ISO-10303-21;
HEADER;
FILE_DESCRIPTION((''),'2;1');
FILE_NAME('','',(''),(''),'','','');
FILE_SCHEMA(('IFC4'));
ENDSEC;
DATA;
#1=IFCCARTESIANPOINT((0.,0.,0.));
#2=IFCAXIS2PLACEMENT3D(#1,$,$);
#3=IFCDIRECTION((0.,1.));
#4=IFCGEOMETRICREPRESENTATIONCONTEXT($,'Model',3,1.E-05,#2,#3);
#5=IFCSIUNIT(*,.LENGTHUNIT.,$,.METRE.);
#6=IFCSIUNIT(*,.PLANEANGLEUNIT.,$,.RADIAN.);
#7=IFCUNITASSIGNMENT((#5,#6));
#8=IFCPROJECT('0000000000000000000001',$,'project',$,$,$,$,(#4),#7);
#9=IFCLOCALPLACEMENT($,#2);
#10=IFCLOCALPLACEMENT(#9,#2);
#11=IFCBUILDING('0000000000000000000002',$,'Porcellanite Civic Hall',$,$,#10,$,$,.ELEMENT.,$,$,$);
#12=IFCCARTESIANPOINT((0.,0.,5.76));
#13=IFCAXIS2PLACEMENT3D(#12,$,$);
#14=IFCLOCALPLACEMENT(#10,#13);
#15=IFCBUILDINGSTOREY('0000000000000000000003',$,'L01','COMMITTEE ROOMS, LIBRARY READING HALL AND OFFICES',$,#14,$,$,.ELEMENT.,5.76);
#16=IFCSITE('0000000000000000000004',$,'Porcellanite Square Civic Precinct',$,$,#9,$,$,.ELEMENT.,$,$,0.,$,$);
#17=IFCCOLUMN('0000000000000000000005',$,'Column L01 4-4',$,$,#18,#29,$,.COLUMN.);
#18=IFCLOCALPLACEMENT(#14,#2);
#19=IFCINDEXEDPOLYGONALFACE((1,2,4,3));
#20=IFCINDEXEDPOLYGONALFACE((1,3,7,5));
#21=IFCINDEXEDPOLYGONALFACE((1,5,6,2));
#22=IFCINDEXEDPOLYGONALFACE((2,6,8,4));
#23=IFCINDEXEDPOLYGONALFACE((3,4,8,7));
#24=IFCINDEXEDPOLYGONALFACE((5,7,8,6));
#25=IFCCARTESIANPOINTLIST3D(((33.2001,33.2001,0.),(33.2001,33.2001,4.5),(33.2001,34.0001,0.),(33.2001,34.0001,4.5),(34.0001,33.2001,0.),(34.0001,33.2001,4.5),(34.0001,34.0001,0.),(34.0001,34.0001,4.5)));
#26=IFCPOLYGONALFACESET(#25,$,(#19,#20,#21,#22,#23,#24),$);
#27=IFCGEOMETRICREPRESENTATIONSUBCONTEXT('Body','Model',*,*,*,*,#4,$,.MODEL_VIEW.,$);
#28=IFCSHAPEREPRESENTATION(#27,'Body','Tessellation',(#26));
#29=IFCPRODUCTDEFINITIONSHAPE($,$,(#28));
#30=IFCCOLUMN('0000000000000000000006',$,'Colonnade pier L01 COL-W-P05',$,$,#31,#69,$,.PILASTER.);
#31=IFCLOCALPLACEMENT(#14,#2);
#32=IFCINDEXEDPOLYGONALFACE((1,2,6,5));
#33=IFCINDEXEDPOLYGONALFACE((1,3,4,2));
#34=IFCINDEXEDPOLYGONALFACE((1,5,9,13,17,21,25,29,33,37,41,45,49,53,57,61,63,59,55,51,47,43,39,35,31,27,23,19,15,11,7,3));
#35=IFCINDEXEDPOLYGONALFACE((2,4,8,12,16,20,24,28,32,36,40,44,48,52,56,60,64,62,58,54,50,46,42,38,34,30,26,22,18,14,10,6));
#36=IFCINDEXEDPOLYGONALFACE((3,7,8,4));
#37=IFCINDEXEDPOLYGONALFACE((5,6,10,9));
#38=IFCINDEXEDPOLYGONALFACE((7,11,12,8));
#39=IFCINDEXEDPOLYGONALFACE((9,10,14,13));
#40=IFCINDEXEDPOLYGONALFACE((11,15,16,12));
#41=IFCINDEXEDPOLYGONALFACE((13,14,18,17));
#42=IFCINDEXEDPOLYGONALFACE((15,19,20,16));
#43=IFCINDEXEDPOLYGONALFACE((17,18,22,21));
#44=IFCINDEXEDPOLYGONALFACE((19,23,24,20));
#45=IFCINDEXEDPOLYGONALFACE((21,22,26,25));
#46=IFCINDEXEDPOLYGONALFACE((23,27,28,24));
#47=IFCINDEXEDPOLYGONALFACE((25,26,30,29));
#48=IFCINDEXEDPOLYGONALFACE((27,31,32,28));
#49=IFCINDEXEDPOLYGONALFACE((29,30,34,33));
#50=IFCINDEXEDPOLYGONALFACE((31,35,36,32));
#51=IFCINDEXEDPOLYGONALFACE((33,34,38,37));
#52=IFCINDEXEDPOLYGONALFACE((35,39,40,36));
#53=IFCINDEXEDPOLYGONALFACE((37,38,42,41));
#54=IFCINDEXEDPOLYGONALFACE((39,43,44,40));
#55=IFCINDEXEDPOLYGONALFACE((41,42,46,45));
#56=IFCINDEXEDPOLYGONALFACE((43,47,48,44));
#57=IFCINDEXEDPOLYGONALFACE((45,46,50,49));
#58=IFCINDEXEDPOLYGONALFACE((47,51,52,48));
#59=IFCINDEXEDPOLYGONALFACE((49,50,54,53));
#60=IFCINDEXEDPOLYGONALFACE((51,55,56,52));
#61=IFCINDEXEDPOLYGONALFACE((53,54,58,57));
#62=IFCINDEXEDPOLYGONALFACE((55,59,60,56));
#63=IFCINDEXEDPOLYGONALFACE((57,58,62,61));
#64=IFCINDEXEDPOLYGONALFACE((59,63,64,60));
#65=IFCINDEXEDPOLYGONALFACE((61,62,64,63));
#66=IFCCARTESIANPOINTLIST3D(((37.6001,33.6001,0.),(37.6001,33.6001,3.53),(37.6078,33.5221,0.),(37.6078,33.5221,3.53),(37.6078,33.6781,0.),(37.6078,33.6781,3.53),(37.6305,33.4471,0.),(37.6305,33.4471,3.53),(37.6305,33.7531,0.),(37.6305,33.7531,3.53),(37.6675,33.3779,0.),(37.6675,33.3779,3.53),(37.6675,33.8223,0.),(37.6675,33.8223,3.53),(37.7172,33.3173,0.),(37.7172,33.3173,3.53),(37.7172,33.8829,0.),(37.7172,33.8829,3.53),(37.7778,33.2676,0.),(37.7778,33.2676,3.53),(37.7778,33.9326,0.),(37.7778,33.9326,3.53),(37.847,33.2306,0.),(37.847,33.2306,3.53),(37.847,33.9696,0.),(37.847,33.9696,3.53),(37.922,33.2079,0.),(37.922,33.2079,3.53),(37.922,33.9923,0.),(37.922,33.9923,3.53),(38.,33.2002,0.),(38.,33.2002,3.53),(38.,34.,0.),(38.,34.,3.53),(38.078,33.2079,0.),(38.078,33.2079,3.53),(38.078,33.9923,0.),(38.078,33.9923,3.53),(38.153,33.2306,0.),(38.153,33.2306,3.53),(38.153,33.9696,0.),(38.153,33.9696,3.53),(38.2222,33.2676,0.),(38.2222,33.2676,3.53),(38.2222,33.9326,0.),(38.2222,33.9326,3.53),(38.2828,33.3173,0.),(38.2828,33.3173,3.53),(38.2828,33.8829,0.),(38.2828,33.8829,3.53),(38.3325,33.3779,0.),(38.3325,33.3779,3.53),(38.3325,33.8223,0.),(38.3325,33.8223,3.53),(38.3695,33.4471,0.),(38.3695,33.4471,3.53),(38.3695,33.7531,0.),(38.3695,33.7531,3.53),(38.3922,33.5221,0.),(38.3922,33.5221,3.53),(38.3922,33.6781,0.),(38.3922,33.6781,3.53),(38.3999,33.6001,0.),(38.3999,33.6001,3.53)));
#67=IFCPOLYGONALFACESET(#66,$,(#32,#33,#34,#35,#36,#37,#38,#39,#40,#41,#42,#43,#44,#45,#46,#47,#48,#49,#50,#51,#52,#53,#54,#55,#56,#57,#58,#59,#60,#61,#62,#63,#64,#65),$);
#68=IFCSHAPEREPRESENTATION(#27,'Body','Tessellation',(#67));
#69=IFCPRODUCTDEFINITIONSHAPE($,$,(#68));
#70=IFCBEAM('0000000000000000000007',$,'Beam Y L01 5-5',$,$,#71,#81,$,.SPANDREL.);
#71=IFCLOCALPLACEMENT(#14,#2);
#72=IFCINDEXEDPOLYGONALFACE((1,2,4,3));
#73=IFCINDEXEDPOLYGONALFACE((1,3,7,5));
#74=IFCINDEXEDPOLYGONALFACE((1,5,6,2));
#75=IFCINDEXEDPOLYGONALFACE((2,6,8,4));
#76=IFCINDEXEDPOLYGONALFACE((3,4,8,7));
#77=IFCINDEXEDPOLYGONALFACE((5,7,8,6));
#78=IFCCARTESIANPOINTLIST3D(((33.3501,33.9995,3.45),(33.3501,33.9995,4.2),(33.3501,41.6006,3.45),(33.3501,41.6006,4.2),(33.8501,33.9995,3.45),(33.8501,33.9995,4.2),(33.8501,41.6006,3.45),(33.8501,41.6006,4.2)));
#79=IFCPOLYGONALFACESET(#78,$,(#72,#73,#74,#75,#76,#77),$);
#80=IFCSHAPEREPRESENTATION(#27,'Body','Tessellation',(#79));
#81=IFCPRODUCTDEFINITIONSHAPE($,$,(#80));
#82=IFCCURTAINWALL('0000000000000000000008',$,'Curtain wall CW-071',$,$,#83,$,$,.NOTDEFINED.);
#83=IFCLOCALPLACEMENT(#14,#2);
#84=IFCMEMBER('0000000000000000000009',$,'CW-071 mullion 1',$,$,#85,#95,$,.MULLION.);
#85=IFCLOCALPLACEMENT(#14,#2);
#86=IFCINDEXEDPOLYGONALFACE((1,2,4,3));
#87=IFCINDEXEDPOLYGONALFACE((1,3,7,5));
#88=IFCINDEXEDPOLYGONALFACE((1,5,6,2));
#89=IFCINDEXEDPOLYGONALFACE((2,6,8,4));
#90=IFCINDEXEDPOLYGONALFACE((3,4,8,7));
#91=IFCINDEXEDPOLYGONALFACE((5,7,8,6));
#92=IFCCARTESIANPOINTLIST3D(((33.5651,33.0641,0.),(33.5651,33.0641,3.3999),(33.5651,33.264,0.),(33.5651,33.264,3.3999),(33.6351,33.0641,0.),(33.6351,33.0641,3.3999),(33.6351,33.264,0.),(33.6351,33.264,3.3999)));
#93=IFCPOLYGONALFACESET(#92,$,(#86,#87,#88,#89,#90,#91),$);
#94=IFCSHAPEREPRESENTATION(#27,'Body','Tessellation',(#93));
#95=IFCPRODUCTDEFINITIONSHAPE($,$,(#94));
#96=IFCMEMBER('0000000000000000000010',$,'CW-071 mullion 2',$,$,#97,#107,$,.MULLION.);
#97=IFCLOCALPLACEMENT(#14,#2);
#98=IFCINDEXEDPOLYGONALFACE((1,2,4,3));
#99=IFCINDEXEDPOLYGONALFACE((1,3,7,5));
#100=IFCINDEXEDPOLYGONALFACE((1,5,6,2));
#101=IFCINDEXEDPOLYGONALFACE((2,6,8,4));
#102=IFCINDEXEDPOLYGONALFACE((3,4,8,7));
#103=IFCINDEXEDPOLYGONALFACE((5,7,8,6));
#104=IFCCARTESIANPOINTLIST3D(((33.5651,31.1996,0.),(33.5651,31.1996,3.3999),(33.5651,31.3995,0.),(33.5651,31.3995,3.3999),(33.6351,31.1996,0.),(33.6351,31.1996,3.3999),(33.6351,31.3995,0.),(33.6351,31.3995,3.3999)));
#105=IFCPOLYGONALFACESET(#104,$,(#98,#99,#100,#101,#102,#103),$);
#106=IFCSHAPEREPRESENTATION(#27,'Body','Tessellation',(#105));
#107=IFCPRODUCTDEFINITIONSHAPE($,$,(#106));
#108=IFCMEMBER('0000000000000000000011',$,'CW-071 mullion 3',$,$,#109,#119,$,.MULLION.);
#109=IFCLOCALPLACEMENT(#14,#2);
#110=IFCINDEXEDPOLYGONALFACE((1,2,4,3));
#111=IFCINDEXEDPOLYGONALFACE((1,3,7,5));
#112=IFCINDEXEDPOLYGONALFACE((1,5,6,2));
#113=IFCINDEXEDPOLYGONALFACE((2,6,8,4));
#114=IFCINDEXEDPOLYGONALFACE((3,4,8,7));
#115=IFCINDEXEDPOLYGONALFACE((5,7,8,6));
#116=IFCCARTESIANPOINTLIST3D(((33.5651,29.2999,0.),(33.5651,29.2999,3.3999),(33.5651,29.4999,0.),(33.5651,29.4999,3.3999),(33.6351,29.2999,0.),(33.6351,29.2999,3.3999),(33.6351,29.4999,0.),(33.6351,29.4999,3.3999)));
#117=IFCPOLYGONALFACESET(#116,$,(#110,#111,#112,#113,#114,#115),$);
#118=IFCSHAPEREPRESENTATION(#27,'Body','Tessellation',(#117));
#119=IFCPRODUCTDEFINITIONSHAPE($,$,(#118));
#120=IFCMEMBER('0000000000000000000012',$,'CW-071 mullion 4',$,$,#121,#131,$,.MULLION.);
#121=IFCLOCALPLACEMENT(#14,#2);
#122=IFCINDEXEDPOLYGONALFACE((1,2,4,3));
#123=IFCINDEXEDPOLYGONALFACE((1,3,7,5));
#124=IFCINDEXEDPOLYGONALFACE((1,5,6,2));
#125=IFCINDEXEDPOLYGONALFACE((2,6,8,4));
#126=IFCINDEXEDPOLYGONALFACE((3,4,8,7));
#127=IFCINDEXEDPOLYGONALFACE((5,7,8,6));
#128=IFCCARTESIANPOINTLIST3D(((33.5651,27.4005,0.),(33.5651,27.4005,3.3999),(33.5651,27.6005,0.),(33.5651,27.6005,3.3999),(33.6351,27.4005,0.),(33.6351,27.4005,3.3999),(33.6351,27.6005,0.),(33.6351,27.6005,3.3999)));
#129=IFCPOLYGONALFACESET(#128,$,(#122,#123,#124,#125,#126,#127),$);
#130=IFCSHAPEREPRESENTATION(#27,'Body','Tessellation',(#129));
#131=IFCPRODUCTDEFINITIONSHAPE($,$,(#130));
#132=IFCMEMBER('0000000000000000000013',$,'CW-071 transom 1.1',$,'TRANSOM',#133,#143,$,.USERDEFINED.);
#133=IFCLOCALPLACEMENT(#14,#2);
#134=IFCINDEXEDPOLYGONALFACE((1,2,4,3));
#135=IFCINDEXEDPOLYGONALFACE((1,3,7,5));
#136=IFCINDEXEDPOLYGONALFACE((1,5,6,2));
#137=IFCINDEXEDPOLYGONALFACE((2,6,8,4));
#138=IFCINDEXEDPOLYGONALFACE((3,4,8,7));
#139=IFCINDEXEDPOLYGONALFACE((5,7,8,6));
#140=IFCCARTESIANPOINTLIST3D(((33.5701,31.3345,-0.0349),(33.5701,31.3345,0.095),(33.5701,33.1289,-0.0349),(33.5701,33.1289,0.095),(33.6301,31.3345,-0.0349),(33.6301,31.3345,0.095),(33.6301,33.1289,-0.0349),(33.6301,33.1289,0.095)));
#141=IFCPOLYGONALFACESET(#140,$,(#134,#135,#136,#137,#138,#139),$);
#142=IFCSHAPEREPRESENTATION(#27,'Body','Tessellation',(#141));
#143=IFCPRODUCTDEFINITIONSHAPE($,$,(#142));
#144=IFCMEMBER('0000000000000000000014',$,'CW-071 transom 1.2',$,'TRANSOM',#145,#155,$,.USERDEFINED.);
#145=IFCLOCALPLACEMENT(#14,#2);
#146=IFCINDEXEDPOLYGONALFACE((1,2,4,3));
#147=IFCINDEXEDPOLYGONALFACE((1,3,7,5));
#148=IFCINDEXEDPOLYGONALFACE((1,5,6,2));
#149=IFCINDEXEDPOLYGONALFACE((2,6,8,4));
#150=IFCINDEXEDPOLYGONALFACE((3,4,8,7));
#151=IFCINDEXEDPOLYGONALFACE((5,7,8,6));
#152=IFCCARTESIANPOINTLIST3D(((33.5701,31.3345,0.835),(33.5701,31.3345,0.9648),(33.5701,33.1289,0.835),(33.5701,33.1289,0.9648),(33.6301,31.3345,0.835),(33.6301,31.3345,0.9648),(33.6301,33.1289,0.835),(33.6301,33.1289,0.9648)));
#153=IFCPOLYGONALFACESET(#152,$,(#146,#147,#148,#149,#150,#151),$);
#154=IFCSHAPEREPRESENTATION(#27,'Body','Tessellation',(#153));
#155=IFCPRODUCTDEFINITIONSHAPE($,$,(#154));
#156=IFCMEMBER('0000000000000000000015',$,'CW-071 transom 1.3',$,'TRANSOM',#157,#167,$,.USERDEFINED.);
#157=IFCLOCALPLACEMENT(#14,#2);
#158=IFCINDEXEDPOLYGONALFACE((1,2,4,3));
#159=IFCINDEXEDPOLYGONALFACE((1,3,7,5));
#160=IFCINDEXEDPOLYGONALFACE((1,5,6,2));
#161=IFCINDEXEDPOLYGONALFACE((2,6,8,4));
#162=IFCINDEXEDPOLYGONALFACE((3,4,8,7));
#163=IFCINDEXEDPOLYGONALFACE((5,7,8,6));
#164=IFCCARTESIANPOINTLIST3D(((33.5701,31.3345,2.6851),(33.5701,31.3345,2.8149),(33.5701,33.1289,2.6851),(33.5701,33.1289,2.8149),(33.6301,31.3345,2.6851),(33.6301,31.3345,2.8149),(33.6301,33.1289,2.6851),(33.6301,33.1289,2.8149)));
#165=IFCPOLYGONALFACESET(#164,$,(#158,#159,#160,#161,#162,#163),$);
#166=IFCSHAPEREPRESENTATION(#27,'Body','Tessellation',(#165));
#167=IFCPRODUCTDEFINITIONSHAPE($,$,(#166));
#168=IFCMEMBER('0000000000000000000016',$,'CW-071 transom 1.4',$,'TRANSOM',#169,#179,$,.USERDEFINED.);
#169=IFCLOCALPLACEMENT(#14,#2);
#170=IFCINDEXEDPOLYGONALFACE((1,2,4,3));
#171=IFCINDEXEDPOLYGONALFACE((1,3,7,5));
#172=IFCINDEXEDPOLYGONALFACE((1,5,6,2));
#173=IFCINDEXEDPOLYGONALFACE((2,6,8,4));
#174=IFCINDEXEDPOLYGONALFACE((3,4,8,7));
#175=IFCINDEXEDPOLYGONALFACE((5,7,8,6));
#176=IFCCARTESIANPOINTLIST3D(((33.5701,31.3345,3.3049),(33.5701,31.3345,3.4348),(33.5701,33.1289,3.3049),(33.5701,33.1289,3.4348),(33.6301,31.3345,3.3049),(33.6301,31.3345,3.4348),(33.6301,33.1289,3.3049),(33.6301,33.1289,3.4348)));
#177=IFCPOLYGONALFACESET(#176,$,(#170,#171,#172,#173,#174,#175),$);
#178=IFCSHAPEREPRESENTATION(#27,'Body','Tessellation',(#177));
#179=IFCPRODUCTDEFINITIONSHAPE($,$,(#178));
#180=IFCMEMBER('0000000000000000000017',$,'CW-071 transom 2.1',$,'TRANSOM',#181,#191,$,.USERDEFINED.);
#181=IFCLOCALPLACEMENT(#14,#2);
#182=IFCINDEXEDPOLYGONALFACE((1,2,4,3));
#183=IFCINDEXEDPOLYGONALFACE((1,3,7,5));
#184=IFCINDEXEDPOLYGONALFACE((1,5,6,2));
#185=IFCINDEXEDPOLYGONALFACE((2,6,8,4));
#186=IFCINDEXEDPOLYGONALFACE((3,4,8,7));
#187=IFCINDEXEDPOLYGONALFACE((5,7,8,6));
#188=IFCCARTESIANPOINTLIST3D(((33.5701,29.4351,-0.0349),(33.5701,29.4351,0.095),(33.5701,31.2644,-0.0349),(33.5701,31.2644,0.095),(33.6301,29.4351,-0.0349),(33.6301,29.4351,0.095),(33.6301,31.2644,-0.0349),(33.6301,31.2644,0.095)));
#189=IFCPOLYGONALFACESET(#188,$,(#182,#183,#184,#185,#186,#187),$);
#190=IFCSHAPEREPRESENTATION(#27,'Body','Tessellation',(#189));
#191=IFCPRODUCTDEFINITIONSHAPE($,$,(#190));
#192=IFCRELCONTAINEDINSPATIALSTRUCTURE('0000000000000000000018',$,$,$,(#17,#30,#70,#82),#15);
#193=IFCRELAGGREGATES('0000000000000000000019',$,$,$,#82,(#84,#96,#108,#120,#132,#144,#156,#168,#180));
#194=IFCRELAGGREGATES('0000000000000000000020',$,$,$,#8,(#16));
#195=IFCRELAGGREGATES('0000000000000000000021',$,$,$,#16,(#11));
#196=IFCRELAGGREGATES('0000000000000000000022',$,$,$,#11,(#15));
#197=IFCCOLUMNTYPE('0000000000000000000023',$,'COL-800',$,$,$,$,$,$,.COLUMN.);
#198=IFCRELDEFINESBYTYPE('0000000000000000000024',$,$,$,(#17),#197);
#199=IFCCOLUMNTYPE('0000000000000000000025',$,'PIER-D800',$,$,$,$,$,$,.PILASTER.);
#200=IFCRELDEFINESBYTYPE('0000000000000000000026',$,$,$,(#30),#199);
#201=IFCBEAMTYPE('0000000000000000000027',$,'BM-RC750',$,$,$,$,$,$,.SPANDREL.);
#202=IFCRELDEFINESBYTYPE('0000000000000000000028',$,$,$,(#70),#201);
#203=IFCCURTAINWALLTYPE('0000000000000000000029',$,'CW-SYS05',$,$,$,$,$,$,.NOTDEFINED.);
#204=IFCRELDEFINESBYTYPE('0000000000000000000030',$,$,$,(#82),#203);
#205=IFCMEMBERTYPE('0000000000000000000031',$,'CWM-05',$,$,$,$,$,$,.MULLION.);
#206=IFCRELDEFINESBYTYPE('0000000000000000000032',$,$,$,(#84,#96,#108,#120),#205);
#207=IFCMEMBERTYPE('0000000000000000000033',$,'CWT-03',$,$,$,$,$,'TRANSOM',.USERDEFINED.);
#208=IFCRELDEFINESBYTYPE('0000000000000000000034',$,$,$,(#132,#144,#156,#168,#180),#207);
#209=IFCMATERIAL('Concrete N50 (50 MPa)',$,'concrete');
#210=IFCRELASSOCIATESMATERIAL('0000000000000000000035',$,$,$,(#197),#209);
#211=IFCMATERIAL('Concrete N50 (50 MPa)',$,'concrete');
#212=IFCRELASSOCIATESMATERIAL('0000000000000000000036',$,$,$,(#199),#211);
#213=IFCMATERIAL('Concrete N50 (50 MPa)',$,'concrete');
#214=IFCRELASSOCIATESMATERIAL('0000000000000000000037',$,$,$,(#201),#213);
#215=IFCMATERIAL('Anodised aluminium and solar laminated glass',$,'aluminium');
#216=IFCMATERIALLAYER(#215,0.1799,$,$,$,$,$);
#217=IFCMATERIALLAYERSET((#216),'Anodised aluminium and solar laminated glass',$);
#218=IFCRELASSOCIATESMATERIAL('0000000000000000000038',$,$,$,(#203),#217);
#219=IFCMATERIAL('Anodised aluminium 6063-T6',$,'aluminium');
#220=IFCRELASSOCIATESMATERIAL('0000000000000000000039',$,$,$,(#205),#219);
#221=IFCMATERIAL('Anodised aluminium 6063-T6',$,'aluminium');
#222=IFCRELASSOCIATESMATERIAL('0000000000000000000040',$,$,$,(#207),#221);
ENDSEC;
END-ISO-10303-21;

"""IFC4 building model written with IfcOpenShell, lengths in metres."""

from ifc_helpers import new_model, si_unit, direction, frame, origin, origin_2d, place, context, subcontext, project, spatial, rectangle, circle, extrude, material, layer, layer_set, material_profile, profile_set, type_object, element, aggregate, save


model = new_model("IFC4")

# Units and contexts
model_context = context("Model", 3, precision=1e-05, world=origin(), true_north=direction((0.0, 1.0)))
body_context = subcontext(model_context, "Body", "Model", "MODEL_VIEW")
ifc_project = project(units=[si_unit("LENGTHUNIT", "METRE"), si_unit("PLANEANGLEUNIT", "RADIAN")], contexts=[model_context])

# Site, building, storey
site_placement = place(None, origin())
site = spatial("IfcSite", under=ifc_project, at=site_placement, Name="Porcellanite Square Civic Precinct", CompositionType="ELEMENT", RefElevation=0.0)
building_placement = place(site_placement, origin())
building = spatial("IfcBuilding", under=site, at=building_placement, Name="Porcellanite Civic Hall", CompositionType="ELEMENT")
storey_placement = place(building_placement, frame((0.0, 0.0, 5.76)))
storey = spatial("IfcBuildingStorey", under=building, at=storey_placement, Name="L01", Description="COMMITTEE ROOMS, LIBRARY READING HALL AND OFFICES", CompositionType="ELEMENT", Elevation=5.76)

# Columns
ifc_material_1 = material(Name="Concrete N50 (50 MPa)", Category="concrete")
ifc_material_profile_1 = material_profile(ifc_material_1, rectangle(XDim=0.8, YDim=0.8, at=origin_2d()), Name="RC-800x800")
ifc_profile_set_1 = profile_set([ifc_material_profile_1], Name="Concrete N50 (50 MPa)")
column_type_1 = type_object("IfcColumnType", Name="COL-800", PredefinedType="COLUMN", material=ifc_profile_set_1)
column_1_placement = place(storey_placement, frame((33.6001, 33.6001, 0.0), z_axis=(0.0, 0.0, 1.0), x_axis=(1.0, 0.0, 0.0)))
element("IfcColumn", 1, at=column_1_placement, inside=storey, type_object=column_type_1, Name="Column L01 4-4", PredefinedType="COLUMN", context=body_context, shape_type="SweptSolid", body=[
    extrude(rectangle(XDim=0.8, YDim=0.8, at=origin_2d()), origin(), (0.0, 0.0, 1.0), 4.5),
])
ifc_material_2 = material(Name="Concrete N50 (50 MPa)", Category="concrete")
ifc_material_profile_2 = material_profile(ifc_material_2, circle(Radius=0.3999, at=origin_2d()), Name="RC-D800")
ifc_profile_set_2 = profile_set([ifc_material_profile_2], Name="Concrete N50 (50 MPa)")
column_type_2 = type_object("IfcColumnType", Name="PIER-D800", PredefinedType="PILASTER", material=ifc_profile_set_2)
column_2_placement = place(storey_placement, frame((38.0, 33.6001, 0.0), z_axis=(0.0, 0.0, 1.0), x_axis=(1.0, 0.0, 0.0)))
element("IfcColumn", 2, at=column_2_placement, inside=storey, type_object=column_type_2, Name="Colonnade pier L01 COL-W-P05", PredefinedType="PILASTER", context=body_context, shape_type="SweptSolid", body=[
    extrude(circle(Radius=0.3999, at=origin_2d()), origin(), (0.0, 0.0, 1.0), 3.53),
])

# Beam
ifc_material_3 = material(Name="Concrete N50 (50 MPa)", Category="concrete")
ifc_material_profile_3 = material_profile(ifc_material_3, rectangle(XDim=0.5, YDim=0.75, at=origin_2d()), Name="RC-500x750")
ifc_profile_set_3 = profile_set([ifc_material_profile_3], Name="Concrete N50 (50 MPa)")
beam_type = type_object("IfcBeamType", Name="BM-RC750", PredefinedType="SPANDREL", material=ifc_profile_set_3)
beam_placement = place(storey_placement, frame((33.6001, 33.9995, 3.825), z_axis=(0.0, 1.0, 0.0), x_axis=(-1.0, 0.0, 0.0)))
element("IfcBeam", 3, at=beam_placement, inside=storey, type_object=beam_type, Name="Beam Y L01 5-5", PredefinedType="SPANDREL", context=body_context, shape_type="SweptSolid", body=[
    extrude(rectangle(XDim=0.5, YDim=0.75, at=origin_2d()), origin(), (0.0, 0.0, 1.0), 7.6011),
])

# Curtain wall, members
ifc_material_4 = material(Name="Anodised aluminium and solar laminated glass", Category="aluminium")
ifc_layer_1 = layer(ifc_material_4, 0.1799)
ifc_layer_set_1 = layer_set([ifc_layer_1], Name="Anodised aluminium and solar laminated glass")
curtain_wall_type = type_object("IfcCurtainWallType", Name="CW-SYS05", PredefinedType="NOTDEFINED", material=ifc_layer_set_1)
curtain_wall_placement = place(storey_placement, origin())
curtain_wall = element("IfcCurtainWall", 4, at=curtain_wall_placement, inside=storey, type_object=curtain_wall_type, Name="Curtain wall CW-071", PredefinedType="NOTDEFINED")
ifc_material_5 = material(Name="Anodised aluminium 6063-T6", Category="aluminium")
ifc_material_profile_4 = material_profile(ifc_material_5, rectangle(XDim=0.0701, YDim=0.2, at=origin_2d()), Name="AL-70x200")
ifc_profile_set_4 = profile_set([ifc_material_profile_4], Name="Anodised aluminium 6063-T6")
member_type_1 = type_object("IfcMemberType", Name="CWM-05", PredefinedType="MULLION", material=ifc_profile_set_4)
member_1_placement = place(storey_placement, frame((33.6001, 33.1641, 0.0), z_axis=(0.0, 0.0, 1.0), x_axis=(1.0, 0.0, 0.0)))
member_1 = element("IfcMember", 5, at=member_1_placement, type_object=member_type_1, Name="CW-071 mullion 1", PredefinedType="MULLION", context=body_context, shape_type="SweptSolid", body=[
    extrude(rectangle(XDim=0.0701, YDim=0.2, at=origin_2d()), origin(), (0.0, 0.0, 1.0), 3.3999),
])
member_2_placement = place(storey_placement, frame((33.6001, 31.2996, 0.0), z_axis=(0.0, 0.0, 1.0), x_axis=(1.0, 0.0, 0.0)))
member_2 = element("IfcMember", 6, at=member_2_placement, type_object=member_type_1, Name="CW-071 mullion 2", PredefinedType="MULLION", context=body_context, shape_type="SweptSolid", body=[
    extrude(rectangle(XDim=0.0701, YDim=0.2, at=origin_2d()), origin(), (0.0, 0.0, 1.0), 3.3999),
])
member_3_placement = place(storey_placement, frame((33.6001, 29.3999, 0.0), z_axis=(0.0, 0.0, 1.0), x_axis=(1.0, 0.0, 0.0)))
member_3 = element("IfcMember", 7, at=member_3_placement, type_object=member_type_1, Name="CW-071 mullion 3", PredefinedType="MULLION", context=body_context, shape_type="SweptSolid", body=[
    extrude(rectangle(XDim=0.0701, YDim=0.2, at=origin_2d()), origin(), (0.0, 0.0, 1.0), 3.3999),
])
member_4_placement = place(storey_placement, frame((33.6001, 27.5005, 0.0), z_axis=(0.0, 0.0, 1.0), x_axis=(1.0, 0.0, 0.0)))
member_4 = element("IfcMember", 8, at=member_4_placement, type_object=member_type_1, Name="CW-071 mullion 4", PredefinedType="MULLION", context=body_context, shape_type="SweptSolid", body=[
    extrude(rectangle(XDim=0.0701, YDim=0.2, at=origin_2d()), origin(), (0.0, 0.0, 1.0), 3.3999),
])
ifc_material_6 = material(Name="Anodised aluminium 6063-T6", Category="aluminium")
ifc_material_profile_5 = material_profile(ifc_material_6, rectangle(XDim=0.0601, YDim=0.1299, at=origin_2d()), Name="AL-60x130")
ifc_profile_set_5 = profile_set([ifc_material_profile_5], Name="Anodised aluminium 6063-T6")
member_type_2 = type_object("IfcMemberType", Name="CWT-03", ElementType="TRANSOM", PredefinedType="USERDEFINED", material=ifc_profile_set_5)
member_5_placement = place(storey_placement, frame((33.6001, 33.1289, 0.03), z_axis=(0.0, -1.0, 0.0), x_axis=(1.0, 0.0, 0.0)))
member_5 = element("IfcMember", 9, at=member_5_placement, type_object=member_type_2, Name="CW-071 transom 1.1", ObjectType="TRANSOM", PredefinedType="USERDEFINED", context=body_context, shape_type="SweptSolid", body=[
    extrude(rectangle(XDim=0.0601, YDim=0.1299, at=origin_2d()), origin(), (0.0, 0.0, 1.0), 1.7944),
])
member_6_placement = place(storey_placement, frame((33.6001, 33.1289, 0.8999), z_axis=(0.0, -1.0, 0.0), x_axis=(1.0, 0.0, 0.0)))
member_6 = element("IfcMember", 10, at=member_6_placement, type_object=member_type_2, Name="CW-071 transom 1.2", ObjectType="TRANSOM", PredefinedType="USERDEFINED", context=body_context, shape_type="SweptSolid", body=[
    extrude(rectangle(XDim=0.0601, YDim=0.1299, at=origin_2d()), origin(), (0.0, 0.0, 1.0), 1.7944),
])
member_7_placement = place(storey_placement, frame((33.6001, 33.1289, 2.75), z_axis=(0.0, -1.0, 0.0), x_axis=(1.0, 0.0, 0.0)))
member_7 = element("IfcMember", 11, at=member_7_placement, type_object=member_type_2, Name="CW-071 transom 1.3", ObjectType="TRANSOM", PredefinedType="USERDEFINED", context=body_context, shape_type="SweptSolid", body=[
    extrude(rectangle(XDim=0.0601, YDim=0.1299, at=origin_2d()), origin(), (0.0, 0.0, 1.0), 1.7944),
])
member_8_placement = place(storey_placement, frame((33.6001, 33.1289, 3.3699), z_axis=(0.0, -1.0, 0.0), x_axis=(1.0, 0.0, 0.0)))
member_8 = element("IfcMember", 12, at=member_8_placement, type_object=member_type_2, Name="CW-071 transom 1.4", ObjectType="TRANSOM", PredefinedType="USERDEFINED", context=body_context, shape_type="SweptSolid", body=[
    extrude(rectangle(XDim=0.0601, YDim=0.1299, at=origin_2d()), origin(), (0.0, 0.0, 1.0), 1.7944),
])
member_9_placement = place(storey_placement, frame((33.6001, 31.2644, 0.03), z_axis=(0.0, -1.0, 0.0), x_axis=(1.0, 0.0, 0.0)))
member_9 = element("IfcMember", 13, at=member_9_placement, type_object=member_type_2, Name="CW-071 transom 2.1", ObjectType="TRANSOM", PredefinedType="USERDEFINED", context=body_context, shape_type="SweptSolid", body=[
    extrude(rectangle(XDim=0.0601, YDim=0.1299, at=origin_2d()), origin(), (0.0, 0.0, 1.0), 1.8293),
])

aggregate(curtain_wall, [member_1, member_2, member_3, member_4, member_5, member_6, member_7, member_8, member_9])

save(model, "model.ifc")
